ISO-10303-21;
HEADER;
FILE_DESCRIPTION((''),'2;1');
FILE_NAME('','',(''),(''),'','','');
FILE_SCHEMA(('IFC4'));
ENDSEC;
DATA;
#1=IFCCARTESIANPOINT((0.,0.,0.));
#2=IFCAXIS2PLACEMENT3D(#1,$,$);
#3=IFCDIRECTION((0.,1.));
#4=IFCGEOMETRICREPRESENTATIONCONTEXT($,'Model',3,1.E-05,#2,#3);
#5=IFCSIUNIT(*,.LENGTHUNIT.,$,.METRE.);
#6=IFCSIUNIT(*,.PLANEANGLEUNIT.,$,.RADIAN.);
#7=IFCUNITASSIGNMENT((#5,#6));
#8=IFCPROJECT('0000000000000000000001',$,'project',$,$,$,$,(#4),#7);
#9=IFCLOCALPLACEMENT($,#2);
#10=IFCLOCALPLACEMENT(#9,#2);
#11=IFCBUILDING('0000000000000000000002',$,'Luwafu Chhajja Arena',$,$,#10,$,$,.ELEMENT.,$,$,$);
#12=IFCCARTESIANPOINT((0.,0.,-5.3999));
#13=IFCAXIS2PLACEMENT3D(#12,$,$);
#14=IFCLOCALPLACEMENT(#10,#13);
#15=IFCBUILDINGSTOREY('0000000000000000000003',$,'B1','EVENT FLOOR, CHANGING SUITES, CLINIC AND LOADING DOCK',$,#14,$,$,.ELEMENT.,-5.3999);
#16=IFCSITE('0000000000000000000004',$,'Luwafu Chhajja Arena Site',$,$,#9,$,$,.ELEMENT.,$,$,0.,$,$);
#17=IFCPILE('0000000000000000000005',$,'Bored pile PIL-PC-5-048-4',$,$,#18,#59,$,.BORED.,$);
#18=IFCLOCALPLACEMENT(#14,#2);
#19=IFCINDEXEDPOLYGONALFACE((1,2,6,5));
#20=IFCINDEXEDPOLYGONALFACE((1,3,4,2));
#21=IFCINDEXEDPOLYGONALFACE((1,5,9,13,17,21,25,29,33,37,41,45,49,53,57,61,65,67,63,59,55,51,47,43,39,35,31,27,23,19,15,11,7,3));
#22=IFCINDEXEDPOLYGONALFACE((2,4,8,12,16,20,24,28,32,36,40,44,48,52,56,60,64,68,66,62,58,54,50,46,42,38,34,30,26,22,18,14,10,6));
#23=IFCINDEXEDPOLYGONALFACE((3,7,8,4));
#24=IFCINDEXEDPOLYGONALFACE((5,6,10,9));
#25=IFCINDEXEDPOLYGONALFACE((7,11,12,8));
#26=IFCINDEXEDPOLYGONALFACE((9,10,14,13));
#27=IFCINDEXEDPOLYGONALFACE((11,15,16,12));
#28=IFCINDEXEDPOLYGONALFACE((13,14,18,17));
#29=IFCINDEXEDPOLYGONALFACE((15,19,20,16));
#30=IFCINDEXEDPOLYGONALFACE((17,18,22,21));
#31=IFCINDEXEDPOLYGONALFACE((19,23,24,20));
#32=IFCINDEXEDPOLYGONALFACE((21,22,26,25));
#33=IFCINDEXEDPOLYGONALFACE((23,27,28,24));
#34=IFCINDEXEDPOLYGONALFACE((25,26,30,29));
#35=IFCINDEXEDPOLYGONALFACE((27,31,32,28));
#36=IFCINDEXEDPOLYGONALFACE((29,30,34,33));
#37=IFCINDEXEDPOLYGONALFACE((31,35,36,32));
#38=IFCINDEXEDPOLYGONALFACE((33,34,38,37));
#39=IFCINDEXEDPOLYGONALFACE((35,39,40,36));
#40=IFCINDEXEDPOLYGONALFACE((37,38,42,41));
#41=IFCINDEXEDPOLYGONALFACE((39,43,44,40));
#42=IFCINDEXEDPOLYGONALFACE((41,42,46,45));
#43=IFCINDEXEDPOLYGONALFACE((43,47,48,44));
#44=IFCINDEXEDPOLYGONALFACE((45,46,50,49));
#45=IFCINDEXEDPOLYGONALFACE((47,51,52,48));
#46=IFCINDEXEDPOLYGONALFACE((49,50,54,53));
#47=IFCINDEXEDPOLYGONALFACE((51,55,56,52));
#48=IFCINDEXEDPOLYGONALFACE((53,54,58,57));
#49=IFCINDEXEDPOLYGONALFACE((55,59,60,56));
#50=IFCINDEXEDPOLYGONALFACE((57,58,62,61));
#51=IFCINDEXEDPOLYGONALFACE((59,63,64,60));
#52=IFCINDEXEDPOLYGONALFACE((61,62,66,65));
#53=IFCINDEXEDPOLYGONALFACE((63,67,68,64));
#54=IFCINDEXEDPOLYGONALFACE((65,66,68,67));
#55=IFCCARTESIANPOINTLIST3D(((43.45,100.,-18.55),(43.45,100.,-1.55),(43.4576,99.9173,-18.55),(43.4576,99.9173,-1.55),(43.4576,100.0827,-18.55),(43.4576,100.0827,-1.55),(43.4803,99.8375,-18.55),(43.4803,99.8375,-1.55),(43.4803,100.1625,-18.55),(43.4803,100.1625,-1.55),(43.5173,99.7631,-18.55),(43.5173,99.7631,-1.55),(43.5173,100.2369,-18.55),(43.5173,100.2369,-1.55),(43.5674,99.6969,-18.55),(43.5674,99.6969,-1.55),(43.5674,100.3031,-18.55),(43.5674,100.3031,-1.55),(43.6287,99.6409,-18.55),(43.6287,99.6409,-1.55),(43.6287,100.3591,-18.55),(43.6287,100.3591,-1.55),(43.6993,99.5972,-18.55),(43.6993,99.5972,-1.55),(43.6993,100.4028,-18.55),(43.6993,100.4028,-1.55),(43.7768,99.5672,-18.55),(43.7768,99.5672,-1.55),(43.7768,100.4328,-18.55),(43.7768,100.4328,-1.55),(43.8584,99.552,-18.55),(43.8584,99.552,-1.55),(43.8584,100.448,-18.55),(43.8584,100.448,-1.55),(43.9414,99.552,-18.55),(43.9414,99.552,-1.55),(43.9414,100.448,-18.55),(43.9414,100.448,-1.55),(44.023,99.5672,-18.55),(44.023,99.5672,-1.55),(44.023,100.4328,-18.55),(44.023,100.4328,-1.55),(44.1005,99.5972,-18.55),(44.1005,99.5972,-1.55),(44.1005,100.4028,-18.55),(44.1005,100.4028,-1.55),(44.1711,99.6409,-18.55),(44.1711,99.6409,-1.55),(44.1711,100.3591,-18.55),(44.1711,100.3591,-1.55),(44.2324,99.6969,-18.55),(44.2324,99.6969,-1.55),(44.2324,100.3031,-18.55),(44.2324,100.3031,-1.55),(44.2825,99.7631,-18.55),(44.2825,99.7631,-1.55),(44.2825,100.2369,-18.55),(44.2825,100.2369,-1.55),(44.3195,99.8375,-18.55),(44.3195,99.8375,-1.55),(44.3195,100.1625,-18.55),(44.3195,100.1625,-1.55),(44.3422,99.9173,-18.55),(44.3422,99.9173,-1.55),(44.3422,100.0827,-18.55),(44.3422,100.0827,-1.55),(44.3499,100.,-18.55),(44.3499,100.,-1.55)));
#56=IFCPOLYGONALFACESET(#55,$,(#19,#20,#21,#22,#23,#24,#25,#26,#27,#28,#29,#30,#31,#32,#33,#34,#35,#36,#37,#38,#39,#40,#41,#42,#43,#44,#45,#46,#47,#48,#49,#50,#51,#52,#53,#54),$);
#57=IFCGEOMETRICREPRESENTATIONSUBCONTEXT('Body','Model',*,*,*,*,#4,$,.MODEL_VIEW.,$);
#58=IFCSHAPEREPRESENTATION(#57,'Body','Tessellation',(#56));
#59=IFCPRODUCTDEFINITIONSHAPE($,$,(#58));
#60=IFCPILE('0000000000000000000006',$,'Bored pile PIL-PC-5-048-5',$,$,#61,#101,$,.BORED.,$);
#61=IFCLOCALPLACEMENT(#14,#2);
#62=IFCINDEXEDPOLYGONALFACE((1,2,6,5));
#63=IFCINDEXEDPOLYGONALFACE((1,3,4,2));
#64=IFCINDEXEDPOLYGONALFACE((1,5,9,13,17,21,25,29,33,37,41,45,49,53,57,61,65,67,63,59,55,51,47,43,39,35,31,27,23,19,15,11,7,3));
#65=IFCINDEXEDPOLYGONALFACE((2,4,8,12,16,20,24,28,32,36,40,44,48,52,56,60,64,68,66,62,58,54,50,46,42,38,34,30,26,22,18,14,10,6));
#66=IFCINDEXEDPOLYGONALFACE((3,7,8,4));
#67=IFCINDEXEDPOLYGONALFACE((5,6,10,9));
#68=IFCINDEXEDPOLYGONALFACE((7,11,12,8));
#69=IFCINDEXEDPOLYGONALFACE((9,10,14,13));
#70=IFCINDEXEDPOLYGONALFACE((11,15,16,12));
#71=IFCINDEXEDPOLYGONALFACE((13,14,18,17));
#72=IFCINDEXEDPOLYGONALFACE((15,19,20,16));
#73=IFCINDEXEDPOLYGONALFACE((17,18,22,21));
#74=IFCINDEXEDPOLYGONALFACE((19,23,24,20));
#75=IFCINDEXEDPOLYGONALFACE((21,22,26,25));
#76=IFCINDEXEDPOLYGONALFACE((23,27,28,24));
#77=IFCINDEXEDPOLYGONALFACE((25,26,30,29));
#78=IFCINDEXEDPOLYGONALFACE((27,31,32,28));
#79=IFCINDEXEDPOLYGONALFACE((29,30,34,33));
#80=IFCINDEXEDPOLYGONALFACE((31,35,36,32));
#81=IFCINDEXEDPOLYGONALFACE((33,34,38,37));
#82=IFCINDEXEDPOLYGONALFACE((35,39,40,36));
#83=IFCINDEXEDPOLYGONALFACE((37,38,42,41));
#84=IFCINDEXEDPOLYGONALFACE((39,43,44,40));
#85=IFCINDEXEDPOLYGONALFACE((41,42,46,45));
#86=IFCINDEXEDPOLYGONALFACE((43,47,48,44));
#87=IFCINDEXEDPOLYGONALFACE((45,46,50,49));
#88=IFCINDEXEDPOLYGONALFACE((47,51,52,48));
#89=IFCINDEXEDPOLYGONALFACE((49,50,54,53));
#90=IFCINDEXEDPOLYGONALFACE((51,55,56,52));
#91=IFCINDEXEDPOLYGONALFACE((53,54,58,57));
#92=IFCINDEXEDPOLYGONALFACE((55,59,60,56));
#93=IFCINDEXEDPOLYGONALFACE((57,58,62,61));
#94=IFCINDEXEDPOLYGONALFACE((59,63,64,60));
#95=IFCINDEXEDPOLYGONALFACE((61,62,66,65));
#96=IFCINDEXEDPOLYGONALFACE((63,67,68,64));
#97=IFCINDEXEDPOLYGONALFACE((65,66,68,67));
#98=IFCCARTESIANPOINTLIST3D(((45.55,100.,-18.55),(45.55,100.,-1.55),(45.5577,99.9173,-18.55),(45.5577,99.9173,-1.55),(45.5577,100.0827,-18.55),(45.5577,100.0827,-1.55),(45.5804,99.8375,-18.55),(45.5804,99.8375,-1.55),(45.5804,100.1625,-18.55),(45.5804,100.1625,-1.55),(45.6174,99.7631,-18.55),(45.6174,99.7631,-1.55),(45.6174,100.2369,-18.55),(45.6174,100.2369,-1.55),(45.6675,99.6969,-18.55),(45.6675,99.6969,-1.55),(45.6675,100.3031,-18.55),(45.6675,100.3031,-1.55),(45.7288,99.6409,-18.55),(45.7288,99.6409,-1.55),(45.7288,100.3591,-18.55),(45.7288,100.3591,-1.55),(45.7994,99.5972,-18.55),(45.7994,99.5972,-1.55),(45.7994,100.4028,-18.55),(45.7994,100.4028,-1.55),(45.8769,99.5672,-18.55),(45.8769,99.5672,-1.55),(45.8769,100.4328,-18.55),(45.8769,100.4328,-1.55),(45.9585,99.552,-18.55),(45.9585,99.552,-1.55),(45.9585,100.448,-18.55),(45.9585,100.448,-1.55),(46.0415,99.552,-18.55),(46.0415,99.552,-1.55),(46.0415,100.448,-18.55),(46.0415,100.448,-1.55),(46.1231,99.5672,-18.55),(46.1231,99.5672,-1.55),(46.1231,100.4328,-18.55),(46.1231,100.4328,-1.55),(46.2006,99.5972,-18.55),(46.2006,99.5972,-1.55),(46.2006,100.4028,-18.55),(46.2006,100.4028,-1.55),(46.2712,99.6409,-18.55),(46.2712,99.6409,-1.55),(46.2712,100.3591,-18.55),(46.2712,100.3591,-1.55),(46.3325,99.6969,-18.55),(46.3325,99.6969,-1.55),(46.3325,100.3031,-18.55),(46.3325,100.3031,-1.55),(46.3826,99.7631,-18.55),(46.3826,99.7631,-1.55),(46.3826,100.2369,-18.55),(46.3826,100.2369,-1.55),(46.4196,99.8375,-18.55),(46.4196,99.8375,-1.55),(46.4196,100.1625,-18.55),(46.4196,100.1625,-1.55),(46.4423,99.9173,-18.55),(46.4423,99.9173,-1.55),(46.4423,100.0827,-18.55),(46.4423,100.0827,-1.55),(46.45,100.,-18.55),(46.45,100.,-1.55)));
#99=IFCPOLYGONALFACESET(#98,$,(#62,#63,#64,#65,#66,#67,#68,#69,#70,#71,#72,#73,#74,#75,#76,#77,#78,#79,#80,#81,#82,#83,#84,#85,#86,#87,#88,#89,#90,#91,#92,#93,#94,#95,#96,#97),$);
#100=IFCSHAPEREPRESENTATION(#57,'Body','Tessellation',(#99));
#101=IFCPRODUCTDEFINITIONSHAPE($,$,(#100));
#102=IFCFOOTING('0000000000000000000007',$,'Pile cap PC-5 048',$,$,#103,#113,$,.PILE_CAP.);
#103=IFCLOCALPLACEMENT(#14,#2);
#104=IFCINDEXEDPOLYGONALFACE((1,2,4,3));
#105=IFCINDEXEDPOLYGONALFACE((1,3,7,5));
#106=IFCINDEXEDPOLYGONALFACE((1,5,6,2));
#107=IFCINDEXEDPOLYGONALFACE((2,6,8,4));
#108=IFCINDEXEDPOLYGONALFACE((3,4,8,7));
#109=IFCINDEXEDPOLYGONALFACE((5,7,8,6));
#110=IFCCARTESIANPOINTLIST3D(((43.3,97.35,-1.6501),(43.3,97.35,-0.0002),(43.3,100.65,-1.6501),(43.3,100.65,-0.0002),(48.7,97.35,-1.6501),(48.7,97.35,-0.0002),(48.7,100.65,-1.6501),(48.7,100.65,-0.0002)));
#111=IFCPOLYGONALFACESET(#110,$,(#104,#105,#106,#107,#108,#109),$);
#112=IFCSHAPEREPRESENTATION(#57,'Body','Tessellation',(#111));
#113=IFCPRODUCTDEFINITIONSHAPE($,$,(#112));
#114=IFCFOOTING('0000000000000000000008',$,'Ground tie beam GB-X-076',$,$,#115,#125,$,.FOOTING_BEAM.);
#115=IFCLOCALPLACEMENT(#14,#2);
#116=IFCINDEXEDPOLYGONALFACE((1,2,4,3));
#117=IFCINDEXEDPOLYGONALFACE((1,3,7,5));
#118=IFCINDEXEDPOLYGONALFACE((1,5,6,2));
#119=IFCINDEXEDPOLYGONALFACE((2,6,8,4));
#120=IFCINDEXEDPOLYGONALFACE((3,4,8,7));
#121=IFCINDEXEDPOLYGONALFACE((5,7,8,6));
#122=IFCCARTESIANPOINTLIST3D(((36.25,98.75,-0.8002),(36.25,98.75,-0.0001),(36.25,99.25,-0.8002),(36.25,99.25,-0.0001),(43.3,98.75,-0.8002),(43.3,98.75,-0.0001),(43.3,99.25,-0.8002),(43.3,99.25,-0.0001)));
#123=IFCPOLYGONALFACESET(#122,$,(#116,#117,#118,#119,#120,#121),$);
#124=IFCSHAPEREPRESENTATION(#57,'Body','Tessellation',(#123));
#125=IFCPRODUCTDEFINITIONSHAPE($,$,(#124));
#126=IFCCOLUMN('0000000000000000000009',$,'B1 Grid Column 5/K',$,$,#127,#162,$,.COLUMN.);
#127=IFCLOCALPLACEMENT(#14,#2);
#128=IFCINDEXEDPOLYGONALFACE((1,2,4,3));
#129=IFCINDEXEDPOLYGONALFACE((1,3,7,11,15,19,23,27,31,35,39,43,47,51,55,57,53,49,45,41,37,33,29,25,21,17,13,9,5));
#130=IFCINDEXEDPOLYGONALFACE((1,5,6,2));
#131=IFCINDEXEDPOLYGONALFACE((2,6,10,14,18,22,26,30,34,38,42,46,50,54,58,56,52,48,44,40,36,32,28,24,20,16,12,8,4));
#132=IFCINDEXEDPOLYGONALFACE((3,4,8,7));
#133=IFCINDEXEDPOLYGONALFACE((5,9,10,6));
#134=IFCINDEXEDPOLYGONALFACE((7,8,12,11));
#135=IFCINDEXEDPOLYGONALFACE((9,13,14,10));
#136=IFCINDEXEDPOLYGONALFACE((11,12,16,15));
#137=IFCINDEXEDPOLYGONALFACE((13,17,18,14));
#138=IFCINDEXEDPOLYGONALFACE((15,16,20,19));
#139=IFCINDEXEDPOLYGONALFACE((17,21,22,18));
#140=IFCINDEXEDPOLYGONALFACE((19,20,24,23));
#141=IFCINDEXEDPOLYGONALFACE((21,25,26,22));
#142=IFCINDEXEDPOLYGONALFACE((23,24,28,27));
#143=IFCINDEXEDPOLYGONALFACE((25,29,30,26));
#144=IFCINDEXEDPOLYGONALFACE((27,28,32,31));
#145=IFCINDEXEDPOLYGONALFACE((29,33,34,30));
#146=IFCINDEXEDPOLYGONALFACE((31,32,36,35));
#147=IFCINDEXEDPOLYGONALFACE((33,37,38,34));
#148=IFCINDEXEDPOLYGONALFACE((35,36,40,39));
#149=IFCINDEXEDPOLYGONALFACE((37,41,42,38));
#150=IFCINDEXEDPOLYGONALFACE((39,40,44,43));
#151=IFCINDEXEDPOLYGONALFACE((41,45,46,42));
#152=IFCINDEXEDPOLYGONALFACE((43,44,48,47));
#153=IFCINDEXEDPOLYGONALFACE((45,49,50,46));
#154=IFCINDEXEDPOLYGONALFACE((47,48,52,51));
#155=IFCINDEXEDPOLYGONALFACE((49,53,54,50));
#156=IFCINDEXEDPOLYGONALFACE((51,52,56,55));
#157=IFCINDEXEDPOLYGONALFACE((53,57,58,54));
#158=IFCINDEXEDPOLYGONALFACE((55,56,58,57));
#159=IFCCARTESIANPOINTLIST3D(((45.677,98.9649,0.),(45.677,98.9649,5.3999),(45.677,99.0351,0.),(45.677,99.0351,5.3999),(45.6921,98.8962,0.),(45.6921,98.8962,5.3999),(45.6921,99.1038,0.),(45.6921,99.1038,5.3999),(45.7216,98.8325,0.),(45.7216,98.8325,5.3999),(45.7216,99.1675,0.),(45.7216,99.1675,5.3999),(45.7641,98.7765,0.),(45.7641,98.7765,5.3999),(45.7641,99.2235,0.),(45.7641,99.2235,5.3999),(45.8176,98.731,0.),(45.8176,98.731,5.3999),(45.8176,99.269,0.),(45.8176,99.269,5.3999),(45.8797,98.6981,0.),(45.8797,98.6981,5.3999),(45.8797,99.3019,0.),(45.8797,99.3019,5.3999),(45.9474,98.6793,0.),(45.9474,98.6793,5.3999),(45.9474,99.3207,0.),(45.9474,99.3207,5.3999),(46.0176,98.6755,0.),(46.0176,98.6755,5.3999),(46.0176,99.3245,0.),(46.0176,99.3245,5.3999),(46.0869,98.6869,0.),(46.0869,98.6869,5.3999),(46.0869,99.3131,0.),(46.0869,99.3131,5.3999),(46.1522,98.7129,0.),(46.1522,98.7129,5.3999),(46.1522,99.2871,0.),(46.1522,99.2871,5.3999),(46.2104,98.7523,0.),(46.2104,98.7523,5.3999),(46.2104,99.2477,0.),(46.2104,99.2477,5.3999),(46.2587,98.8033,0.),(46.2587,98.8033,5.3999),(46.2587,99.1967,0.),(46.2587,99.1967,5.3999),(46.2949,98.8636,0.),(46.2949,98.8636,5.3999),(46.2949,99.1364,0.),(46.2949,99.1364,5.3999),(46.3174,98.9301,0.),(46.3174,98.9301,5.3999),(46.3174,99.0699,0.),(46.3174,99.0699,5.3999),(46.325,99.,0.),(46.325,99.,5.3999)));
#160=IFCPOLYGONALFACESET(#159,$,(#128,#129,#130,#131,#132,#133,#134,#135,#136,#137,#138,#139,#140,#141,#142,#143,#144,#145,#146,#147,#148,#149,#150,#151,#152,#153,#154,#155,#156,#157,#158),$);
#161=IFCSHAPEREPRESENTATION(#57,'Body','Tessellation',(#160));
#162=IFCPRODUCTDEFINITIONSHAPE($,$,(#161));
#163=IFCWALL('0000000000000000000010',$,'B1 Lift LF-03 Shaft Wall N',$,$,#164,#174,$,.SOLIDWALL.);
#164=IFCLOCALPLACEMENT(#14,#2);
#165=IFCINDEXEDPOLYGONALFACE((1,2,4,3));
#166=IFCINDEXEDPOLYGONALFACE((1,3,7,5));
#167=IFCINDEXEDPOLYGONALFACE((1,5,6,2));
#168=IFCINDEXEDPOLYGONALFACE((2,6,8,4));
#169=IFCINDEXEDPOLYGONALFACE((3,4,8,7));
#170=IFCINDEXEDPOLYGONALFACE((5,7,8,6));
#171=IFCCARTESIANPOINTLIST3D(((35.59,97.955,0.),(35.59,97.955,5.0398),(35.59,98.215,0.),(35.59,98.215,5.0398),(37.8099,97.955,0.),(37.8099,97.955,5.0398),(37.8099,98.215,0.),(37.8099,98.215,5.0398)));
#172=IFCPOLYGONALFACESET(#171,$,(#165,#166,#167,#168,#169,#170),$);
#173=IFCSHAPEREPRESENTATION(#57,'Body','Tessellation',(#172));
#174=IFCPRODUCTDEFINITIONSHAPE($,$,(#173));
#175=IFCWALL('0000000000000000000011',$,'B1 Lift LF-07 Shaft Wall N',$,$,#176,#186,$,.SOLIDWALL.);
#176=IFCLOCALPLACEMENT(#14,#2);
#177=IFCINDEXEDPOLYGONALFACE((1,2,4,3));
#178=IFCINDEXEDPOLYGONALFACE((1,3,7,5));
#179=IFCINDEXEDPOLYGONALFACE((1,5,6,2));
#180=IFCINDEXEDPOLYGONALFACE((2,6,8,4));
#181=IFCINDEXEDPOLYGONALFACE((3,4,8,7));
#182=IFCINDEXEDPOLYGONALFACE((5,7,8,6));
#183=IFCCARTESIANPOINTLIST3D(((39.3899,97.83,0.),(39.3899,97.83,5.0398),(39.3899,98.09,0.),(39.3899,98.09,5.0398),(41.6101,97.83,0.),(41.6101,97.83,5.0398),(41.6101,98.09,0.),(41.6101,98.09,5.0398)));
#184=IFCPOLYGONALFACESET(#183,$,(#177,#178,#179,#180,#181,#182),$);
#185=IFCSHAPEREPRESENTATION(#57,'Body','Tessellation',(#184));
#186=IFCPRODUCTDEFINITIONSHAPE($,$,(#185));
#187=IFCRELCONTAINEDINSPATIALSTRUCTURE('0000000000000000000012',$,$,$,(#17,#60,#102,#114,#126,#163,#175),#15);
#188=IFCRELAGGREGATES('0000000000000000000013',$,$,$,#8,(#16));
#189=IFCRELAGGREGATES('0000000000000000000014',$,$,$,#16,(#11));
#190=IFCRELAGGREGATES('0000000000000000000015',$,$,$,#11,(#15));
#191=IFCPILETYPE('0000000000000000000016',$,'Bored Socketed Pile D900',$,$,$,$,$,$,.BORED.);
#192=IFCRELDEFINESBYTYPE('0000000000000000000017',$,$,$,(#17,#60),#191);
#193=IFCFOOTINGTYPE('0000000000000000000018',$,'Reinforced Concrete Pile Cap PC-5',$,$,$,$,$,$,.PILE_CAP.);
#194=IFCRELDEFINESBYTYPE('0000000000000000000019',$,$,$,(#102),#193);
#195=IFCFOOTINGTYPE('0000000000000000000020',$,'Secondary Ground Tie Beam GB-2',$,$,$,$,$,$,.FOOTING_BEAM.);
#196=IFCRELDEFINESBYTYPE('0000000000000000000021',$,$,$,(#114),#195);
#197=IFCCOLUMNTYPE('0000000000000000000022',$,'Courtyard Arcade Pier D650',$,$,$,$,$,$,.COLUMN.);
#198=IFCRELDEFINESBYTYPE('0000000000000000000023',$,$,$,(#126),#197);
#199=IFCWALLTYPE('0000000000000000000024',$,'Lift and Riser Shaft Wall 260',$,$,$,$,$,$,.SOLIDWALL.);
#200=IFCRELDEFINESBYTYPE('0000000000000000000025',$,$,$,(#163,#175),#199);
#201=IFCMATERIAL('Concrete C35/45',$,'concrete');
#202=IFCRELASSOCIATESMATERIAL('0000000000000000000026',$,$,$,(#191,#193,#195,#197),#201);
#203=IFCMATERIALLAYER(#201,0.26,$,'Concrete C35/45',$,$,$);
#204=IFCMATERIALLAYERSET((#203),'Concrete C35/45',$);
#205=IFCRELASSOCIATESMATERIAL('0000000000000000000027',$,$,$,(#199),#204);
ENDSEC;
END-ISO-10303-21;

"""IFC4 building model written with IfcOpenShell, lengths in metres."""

from ifc_helpers import new_model, si_unit, direction, frame, frame_2d, origin, origin_2d, place, context, subcontext, project, spatial, rectangle, circle, extrude, material, layer, layer_set, material_profile, profile_set, type_object, element, save


model = new_model("IFC4")

# Units and contexts
model_context = context("Model", 3, precision=1e-05, world=origin(), true_north=direction((0.0, 1.0)))
body_context = subcontext(model_context, "Body", "Model", "MODEL_VIEW")
ifc_project = project(units=[si_unit("LENGTHUNIT", "METRE"), si_unit("PLANEANGLEUNIT", "RADIAN")], contexts=[model_context])

# Site, building, storey
site_placement = place(None, origin())
site = spatial("IfcSite", under=ifc_project, at=site_placement, Name="Luwafu Chhajja Arena Site", CompositionType="ELEMENT", RefElevation=0.0)
building_placement = place(site_placement, origin())
building = spatial("IfcBuilding", under=site, at=building_placement, Name="Luwafu Chhajja Arena", CompositionType="ELEMENT")
storey_placement = place(building_placement, frame((0.0, 0.0, -5.3999)))
storey = spatial("IfcBuildingStorey", under=building, at=storey_placement, Name="B1", Description="EVENT FLOOR, CHANGING SUITES, CLINIC AND LOADING DOCK", CompositionType="ELEMENT", Elevation=-5.3999)

# Piles
ifc_material_1 = material(Name="Concrete C35/45", Category="concrete")
ifc_material_profile_1 = material_profile(ifc_material_1, circle(Radius=0.45, at=origin_2d()), Name="PILE D900")
ifc_profile_set_1 = profile_set([ifc_material_profile_1], Name="Concrete C35/45")
pile_type_1 = type_object("IfcPileType", Name="Bored Socketed Pile D900", PredefinedType="BORED", material=ifc_profile_set_1)
for number, where, z_axis, x_axis, name in (
    (1, (43.8999, 100.0, -1.55), (0.0, 0.0, -1.0), (1.0, 0.0, 0.0), "Bored pile PIL-PC-5-048-4"),
    (2, (46.0, 100.0, -1.55), (0.0, 0.0, -1.0), (1.0, 0.0, 0.0), "Bored pile PIL-PC-5-048-5"),
):
    element("IfcPile", number, at=place(storey_placement, frame(where, z_axis=z_axis, x_axis=x_axis)), inside=storey, type_object=pile_type_1, Name=name, PredefinedType="BORED", context=body_context, shape_type="SweptSolid", body=[
        extrude(circle(Radius=0.45, at=origin_2d()), origin(), (0.0, 0.0, 1.0), 17.0),
    ])

# Footings
footing_type_1 = type_object("IfcFootingType", Name="Reinforced Concrete Pile Cap PC-5", PredefinedType="PILE_CAP", material=ifc_material_1)
footing_1_placement = place(storey_placement, frame((46.0, 99.0, -1.6501), z_axis=(0.0, 0.0, 1.0), x_axis=(1.0, 0.0, 0.0)))
element("IfcFooting", 3, at=footing_1_placement, inside=storey, type_object=footing_type_1, Name="Pile cap PC-5 048", PredefinedType="PILE_CAP", context=body_context, shape_type="SweptSolid", body=[
    extrude(rectangle(XDim=5.3999, YDim=3.3, at=origin_2d()), origin(), (0.0, 0.0, 1.0), 1.6499),
])
ifc_material_profile_2 = material_profile(ifc_material_1, rectangle(XDim=0.5, YDim=0.8, at=origin_2d()), Name="RC 500x800")
ifc_profile_set_2 = profile_set([ifc_material_profile_2], Name="Concrete C35/45")
footing_type_2 = type_object("IfcFootingType", Name="Secondary Ground Tie Beam GB-2", PredefinedType="FOOTING_BEAM", material=ifc_profile_set_2)
footing_2_placement = place(storey_placement, frame((36.25, 99.0, -0.4001), z_axis=(1.0, 0.0, 0.0), x_axis=(0.0, 1.0, 0.0)))
element("IfcFooting", 4, at=footing_2_placement, inside=storey, type_object=footing_type_2, Name="Ground tie beam GB-X-076", PredefinedType="FOOTING_BEAM", context=body_context, shape_type="SweptSolid", body=[
    extrude(rectangle(XDim=0.5, YDim=0.8, at=origin_2d()), origin(), (0.0, 0.0, 1.0), 7.05),
])

# Column
ifc_material_profile_3 = material_profile(ifc_material_1, circle(Radius=0.325, at=origin_2d()), Name="RC COL D650")
ifc_profile_set_3 = profile_set([ifc_material_profile_3], Name="Concrete C35/45")
column_type = type_object("IfcColumnType", Name="Courtyard Arcade Pier D650", PredefinedType="COLUMN", material=ifc_profile_set_3)
column_placement = place(storey_placement, frame((46.0, 99.0, 0.0), z_axis=(0.0, 0.0, 1.0), x_axis=(1.0, 0.0, 0.0)))
element("IfcColumn", 5, at=column_placement, inside=storey, type_object=column_type, Name="B1 Grid Column 5/K", PredefinedType="COLUMN", context=body_context, shape_type="SweptSolid", body=[
    extrude(circle(Radius=0.325, at=origin_2d()), origin(), (0.0, 0.0, 1.0), 5.3999),
])

# Wall
ifc_layer = layer(ifc_material_1, 0.26, Name="Concrete C35/45")
ifc_layer_set = layer_set([ifc_layer], Name="Concrete C35/45")
wall_type = type_object("IfcWallType", Name="Lift and Riser Shaft Wall 260", PredefinedType="SOLIDWALL", material=ifc_layer_set)
wall_1_placement = place(storey_placement, frame((35.5901, 98.085, 0.0), z_axis=(0.0, 0.0, 1.0), x_axis=(1.0, 0.0, 0.0)))
element("IfcWall", 6, at=wall_1_placement, inside=storey, type_object=wall_type, Name="B1 Lift LF-03 Shaft Wall N", PredefinedType="SOLIDWALL", context=body_context, shape_type="SweptSolid", body=[
    extrude(rectangle(XDim=2.22, YDim=0.26, at=frame_2d((1.1099, 0.0))), origin(), (0.0, 0.0, 1.0), 5.0398),
])

# Wall
wall_2_placement = place(storey_placement, frame((39.3899, 97.96, 0.0), z_axis=(0.0, 0.0, 1.0), x_axis=(1.0, 0.0, 0.0)))
element("IfcWall", 7, at=wall_2_placement, inside=storey, type_object=wall_type, Name="B1 Lift LF-07 Shaft Wall N", PredefinedType="SOLIDWALL", context=body_context, shape_type="SweptSolid", body=[
    extrude(rectangle(XDim=2.2202, YDim=0.26, at=frame_2d((1.1101, 0.0))), origin(), (0.0, 0.0, 1.0), 5.0398),
])

save(model, "model.ifc")
